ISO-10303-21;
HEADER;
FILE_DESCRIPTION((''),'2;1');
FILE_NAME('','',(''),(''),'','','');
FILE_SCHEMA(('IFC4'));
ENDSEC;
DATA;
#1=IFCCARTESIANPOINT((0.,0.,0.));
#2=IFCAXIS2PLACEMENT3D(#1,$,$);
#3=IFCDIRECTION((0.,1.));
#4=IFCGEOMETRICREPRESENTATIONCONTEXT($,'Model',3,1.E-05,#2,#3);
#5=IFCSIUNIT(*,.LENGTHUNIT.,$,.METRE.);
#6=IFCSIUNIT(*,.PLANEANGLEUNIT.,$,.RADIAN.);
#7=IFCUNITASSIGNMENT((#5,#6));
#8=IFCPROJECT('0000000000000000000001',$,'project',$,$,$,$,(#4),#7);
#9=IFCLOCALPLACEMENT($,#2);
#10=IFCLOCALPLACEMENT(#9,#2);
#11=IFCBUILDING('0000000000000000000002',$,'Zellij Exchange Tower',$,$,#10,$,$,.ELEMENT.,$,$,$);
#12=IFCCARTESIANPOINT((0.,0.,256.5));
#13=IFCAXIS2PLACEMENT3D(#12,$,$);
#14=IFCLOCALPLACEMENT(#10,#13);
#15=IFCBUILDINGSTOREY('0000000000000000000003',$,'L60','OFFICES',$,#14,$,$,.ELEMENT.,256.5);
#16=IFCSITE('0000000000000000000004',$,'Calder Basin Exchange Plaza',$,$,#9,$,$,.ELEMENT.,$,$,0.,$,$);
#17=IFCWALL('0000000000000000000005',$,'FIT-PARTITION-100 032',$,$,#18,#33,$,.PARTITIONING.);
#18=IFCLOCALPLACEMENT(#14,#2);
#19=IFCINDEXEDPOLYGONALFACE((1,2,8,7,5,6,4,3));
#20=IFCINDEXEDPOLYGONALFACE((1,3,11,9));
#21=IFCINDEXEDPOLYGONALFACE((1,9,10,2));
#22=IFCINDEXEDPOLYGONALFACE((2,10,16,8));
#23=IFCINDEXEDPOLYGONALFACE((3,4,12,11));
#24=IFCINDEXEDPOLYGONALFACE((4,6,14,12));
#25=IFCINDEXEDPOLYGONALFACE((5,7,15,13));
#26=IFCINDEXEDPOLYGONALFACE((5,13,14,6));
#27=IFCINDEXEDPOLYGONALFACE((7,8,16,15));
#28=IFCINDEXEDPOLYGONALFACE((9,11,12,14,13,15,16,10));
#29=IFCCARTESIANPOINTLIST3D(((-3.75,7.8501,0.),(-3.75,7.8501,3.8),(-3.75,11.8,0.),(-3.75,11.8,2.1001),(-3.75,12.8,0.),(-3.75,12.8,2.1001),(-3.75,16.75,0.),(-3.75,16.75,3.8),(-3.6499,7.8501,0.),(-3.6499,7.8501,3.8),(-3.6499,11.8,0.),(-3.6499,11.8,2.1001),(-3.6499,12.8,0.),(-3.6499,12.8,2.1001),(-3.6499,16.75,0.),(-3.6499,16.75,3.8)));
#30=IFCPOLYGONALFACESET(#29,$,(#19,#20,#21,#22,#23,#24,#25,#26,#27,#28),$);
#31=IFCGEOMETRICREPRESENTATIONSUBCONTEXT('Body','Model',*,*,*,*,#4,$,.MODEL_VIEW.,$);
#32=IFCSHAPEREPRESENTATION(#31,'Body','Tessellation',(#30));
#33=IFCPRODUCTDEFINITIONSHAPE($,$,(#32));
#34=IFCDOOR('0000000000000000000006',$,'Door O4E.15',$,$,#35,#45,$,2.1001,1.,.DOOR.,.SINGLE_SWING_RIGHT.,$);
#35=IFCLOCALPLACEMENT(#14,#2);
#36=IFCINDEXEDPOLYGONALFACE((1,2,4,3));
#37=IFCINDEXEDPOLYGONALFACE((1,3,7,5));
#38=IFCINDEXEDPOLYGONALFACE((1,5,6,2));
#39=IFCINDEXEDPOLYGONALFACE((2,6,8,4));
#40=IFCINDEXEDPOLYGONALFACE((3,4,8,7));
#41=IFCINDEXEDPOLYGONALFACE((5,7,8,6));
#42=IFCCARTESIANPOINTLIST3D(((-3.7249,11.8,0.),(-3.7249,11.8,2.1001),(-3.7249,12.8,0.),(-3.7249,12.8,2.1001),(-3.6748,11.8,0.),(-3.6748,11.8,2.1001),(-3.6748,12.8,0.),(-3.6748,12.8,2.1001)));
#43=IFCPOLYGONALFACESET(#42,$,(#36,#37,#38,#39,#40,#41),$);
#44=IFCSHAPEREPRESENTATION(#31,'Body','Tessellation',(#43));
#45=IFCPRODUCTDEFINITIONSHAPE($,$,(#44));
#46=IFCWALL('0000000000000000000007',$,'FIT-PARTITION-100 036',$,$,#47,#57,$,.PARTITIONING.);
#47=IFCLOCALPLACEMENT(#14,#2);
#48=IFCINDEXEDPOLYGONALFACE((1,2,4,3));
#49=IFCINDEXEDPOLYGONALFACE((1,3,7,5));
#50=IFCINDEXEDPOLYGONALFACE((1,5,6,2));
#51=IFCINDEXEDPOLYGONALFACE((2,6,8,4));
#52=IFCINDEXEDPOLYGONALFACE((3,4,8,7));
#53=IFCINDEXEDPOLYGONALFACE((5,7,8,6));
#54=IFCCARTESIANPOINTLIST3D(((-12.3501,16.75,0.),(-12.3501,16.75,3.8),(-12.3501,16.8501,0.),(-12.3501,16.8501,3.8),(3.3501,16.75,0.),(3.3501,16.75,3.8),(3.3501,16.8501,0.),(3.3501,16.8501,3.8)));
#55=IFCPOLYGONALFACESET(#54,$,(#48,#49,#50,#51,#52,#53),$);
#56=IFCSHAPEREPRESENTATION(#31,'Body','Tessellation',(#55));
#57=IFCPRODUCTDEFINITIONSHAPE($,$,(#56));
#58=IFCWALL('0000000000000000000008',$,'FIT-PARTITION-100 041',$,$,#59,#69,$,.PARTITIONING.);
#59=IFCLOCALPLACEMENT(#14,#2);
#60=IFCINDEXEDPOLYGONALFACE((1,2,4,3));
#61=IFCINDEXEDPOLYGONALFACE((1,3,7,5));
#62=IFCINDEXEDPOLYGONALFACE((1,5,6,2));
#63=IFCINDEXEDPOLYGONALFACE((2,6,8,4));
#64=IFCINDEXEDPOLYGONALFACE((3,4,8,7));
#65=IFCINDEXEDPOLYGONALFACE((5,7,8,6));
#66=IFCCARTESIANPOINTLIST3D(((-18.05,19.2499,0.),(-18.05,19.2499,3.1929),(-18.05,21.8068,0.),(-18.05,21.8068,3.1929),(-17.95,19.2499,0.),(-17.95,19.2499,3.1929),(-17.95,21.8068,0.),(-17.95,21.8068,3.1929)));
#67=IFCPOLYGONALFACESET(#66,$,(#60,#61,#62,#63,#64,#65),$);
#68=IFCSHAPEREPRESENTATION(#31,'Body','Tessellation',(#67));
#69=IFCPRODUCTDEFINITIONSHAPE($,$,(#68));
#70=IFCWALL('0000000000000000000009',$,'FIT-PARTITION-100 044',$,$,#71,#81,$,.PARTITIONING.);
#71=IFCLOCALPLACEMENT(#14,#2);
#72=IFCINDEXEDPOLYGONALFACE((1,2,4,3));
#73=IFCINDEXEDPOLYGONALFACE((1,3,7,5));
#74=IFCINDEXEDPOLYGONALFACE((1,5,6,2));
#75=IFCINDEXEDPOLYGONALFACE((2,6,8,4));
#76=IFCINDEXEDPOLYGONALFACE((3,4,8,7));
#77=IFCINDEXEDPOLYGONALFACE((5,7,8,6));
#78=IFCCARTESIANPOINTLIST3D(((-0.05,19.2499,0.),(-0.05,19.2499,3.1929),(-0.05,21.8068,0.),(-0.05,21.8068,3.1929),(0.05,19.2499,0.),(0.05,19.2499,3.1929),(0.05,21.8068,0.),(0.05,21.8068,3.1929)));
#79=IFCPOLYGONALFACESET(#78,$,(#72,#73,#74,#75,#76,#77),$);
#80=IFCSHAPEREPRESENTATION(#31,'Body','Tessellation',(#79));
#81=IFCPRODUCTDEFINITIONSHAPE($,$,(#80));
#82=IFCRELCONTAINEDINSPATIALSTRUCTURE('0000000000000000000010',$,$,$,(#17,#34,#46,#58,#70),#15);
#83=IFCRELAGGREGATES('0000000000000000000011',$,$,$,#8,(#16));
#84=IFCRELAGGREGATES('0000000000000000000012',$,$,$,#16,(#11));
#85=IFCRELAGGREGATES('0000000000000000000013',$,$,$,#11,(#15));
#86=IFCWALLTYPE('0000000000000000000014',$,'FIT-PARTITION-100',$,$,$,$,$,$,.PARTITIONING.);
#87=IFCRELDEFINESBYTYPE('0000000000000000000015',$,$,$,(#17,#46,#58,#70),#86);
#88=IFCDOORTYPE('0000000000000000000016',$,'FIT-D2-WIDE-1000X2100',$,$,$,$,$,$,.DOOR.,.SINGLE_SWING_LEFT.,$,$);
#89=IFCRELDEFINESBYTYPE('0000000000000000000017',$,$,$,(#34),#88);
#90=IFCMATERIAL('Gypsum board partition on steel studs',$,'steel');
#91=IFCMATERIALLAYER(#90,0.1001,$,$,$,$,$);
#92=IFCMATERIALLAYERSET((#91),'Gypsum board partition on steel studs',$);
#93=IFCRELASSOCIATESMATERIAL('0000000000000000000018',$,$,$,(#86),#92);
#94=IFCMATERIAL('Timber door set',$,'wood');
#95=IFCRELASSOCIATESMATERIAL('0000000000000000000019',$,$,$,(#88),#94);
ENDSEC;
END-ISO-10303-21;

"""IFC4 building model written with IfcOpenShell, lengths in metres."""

from ifc_helpers import new_model, si_unit, direction, frame, frame_2d, origin, place, context, subcontext, project, spatial, rectangle, extrude, material, layer, layer_set, type_object, element, fill, save


model = new_model("IFC4")

# Units and contexts
model_context = context("Model", 3, precision=1e-05, world=origin(), true_north=direction((0.0, 1.0)))
body_context = subcontext(model_context, "Body", "Model", "MODEL_VIEW")
ifc_project = project(units=[si_unit("LENGTHUNIT", "METRE"), si_unit("PLANEANGLEUNIT", "RADIAN")], contexts=[model_context])

# Site, building, storey
site_placement = place(None, origin())
site = spatial("IfcSite", under=ifc_project, at=site_placement, Name="Calder Basin Exchange Plaza", CompositionType="ELEMENT", RefElevation=0.0)
building_placement = place(site_placement, origin())
building = spatial("IfcBuilding", under=site, at=building_placement, Name="Zellij Exchange Tower", CompositionType="ELEMENT")
storey_placement = place(building_placement, frame((0.0, 0.0, 256.5)))
storey = spatial("IfcBuildingStorey", under=building, at=storey_placement, Name="L60", Description="OFFICES", CompositionType="ELEMENT", Elevation=256.5)

# Shared definitions
ifc_material_1 = material(Name="Gypsum board partition on steel studs", Category="steel")
ifc_layer = layer(ifc_material_1, 0.1001)
ifc_layer_set = layer_set([ifc_layer], Name="Gypsum board partition on steel studs")
wall_type = type_object("IfcWallType", Name="FIT-PARTITION-100", PredefinedType="PARTITIONING", material=ifc_layer_set)

# Wall, opening, door
wall_1_placement = place(storey_placement, frame((-3.7, 7.8501, 0.0), z_axis=(0.0, 0.0, 1.0), x_axis=(0.0, 1.0, 0.0)))
wall_1 = element("IfcWall", 1, at=wall_1_placement, inside=storey, type_object=wall_type, Name="FIT-PARTITION-100 032", PredefinedType="PARTITIONING", context=body_context, shape_type="SweptSolid", body=[
    extrude(rectangle(XDim=8.8999, YDim=0.1001, at=frame_2d((4.45, 0.0))), origin(), (0.0, 0.0, 1.0), 3.8),
])
opening_placement = place(wall_1_placement, frame((3.95, 0.0, 0.0)))
opening = element("IfcOpeningElement", 2, at=opening_placement, cuts=wall_1, PredefinedType="OPENING", context=body_context, shape_type="SweptSolid", body=[
    extrude(rectangle(XDim=1.0, YDim=2.1001, at=frame_2d((0.5, 1.05))), frame((0.0, 0.062, 0.0), z_axis=(0.0, -1.0, 0.0), x_axis=(1.0, 0.0, 0.0)), (0.0, 0.0, 1.0), 0.124),
])
ifc_material_2 = material(Name="Timber door set", Category="wood")
door_type = type_object("IfcDoorType", Name="FIT-D2-WIDE-1000X2100", OperationType="SINGLE_SWING_LEFT", PredefinedType="DOOR", material=ifc_material_2)
door_placement = place(opening_placement, origin())
door = element("IfcDoor", 3, at=door_placement, inside=storey, type_object=door_type, Name="Door O4E.15", OperationType="SINGLE_SWING_RIGHT", OverallHeight=2.1001, OverallWidth=1.0, PredefinedType="DOOR", context=body_context, shape_type="SweptSolid", body=[
    extrude(rectangle(XDim=1.0, YDim=2.1001, at=frame_2d((0.5, 1.05))), frame((0.0, 0.0249, 0.0), z_axis=(0.0, -1.0, 0.0), x_axis=(1.0, 0.0, 0.0)), (0.0, 0.0, 1.0), 0.05),
])
fill(opening, door)

# Walls
wall_2_placement = place(storey_placement, frame((-12.3501, 16.8, 0.0), z_axis=(0.0, 0.0, 1.0), x_axis=(1.0, 0.0, 0.0)))
element("IfcWall", 4, at=wall_2_placement, inside=storey, type_object=wall_type, Name="FIT-PARTITION-100 036", PredefinedType="PARTITIONING", context=body_context, shape_type="SweptSolid", body=[
    extrude(rectangle(XDim=15.7002, YDim=0.1001, at=frame_2d((7.8501, 0.0))), origin(), (0.0, 0.0, 1.0), 3.8),
])
for number, where, z_axis, x_axis, name in (
    (5, (-18.0, 19.25, 0.0), (0.0, 0.0, 1.0), (0.0, 1.0, 0.0), "FIT-PARTITION-100 041"),
    (6, (0.0, 19.25, 0.0), (0.0, 0.0, 1.0), (0.0, 1.0, 0.0), "FIT-PARTITION-100 044"),
):
    element("IfcWall", number, at=place(storey_placement, frame(where, z_axis=z_axis, x_axis=x_axis)), inside=storey, type_object=wall_type, Name=name, PredefinedType="PARTITIONING", context=body_context, shape_type="SweptSolid", body=[
        extrude(rectangle(XDim=2.5569, YDim=0.1001, at=frame_2d((1.2783, 0.0))), origin(), (0.0, 0.0, 1.0), 3.1929),
    ])

save(model, "model.ifc")
